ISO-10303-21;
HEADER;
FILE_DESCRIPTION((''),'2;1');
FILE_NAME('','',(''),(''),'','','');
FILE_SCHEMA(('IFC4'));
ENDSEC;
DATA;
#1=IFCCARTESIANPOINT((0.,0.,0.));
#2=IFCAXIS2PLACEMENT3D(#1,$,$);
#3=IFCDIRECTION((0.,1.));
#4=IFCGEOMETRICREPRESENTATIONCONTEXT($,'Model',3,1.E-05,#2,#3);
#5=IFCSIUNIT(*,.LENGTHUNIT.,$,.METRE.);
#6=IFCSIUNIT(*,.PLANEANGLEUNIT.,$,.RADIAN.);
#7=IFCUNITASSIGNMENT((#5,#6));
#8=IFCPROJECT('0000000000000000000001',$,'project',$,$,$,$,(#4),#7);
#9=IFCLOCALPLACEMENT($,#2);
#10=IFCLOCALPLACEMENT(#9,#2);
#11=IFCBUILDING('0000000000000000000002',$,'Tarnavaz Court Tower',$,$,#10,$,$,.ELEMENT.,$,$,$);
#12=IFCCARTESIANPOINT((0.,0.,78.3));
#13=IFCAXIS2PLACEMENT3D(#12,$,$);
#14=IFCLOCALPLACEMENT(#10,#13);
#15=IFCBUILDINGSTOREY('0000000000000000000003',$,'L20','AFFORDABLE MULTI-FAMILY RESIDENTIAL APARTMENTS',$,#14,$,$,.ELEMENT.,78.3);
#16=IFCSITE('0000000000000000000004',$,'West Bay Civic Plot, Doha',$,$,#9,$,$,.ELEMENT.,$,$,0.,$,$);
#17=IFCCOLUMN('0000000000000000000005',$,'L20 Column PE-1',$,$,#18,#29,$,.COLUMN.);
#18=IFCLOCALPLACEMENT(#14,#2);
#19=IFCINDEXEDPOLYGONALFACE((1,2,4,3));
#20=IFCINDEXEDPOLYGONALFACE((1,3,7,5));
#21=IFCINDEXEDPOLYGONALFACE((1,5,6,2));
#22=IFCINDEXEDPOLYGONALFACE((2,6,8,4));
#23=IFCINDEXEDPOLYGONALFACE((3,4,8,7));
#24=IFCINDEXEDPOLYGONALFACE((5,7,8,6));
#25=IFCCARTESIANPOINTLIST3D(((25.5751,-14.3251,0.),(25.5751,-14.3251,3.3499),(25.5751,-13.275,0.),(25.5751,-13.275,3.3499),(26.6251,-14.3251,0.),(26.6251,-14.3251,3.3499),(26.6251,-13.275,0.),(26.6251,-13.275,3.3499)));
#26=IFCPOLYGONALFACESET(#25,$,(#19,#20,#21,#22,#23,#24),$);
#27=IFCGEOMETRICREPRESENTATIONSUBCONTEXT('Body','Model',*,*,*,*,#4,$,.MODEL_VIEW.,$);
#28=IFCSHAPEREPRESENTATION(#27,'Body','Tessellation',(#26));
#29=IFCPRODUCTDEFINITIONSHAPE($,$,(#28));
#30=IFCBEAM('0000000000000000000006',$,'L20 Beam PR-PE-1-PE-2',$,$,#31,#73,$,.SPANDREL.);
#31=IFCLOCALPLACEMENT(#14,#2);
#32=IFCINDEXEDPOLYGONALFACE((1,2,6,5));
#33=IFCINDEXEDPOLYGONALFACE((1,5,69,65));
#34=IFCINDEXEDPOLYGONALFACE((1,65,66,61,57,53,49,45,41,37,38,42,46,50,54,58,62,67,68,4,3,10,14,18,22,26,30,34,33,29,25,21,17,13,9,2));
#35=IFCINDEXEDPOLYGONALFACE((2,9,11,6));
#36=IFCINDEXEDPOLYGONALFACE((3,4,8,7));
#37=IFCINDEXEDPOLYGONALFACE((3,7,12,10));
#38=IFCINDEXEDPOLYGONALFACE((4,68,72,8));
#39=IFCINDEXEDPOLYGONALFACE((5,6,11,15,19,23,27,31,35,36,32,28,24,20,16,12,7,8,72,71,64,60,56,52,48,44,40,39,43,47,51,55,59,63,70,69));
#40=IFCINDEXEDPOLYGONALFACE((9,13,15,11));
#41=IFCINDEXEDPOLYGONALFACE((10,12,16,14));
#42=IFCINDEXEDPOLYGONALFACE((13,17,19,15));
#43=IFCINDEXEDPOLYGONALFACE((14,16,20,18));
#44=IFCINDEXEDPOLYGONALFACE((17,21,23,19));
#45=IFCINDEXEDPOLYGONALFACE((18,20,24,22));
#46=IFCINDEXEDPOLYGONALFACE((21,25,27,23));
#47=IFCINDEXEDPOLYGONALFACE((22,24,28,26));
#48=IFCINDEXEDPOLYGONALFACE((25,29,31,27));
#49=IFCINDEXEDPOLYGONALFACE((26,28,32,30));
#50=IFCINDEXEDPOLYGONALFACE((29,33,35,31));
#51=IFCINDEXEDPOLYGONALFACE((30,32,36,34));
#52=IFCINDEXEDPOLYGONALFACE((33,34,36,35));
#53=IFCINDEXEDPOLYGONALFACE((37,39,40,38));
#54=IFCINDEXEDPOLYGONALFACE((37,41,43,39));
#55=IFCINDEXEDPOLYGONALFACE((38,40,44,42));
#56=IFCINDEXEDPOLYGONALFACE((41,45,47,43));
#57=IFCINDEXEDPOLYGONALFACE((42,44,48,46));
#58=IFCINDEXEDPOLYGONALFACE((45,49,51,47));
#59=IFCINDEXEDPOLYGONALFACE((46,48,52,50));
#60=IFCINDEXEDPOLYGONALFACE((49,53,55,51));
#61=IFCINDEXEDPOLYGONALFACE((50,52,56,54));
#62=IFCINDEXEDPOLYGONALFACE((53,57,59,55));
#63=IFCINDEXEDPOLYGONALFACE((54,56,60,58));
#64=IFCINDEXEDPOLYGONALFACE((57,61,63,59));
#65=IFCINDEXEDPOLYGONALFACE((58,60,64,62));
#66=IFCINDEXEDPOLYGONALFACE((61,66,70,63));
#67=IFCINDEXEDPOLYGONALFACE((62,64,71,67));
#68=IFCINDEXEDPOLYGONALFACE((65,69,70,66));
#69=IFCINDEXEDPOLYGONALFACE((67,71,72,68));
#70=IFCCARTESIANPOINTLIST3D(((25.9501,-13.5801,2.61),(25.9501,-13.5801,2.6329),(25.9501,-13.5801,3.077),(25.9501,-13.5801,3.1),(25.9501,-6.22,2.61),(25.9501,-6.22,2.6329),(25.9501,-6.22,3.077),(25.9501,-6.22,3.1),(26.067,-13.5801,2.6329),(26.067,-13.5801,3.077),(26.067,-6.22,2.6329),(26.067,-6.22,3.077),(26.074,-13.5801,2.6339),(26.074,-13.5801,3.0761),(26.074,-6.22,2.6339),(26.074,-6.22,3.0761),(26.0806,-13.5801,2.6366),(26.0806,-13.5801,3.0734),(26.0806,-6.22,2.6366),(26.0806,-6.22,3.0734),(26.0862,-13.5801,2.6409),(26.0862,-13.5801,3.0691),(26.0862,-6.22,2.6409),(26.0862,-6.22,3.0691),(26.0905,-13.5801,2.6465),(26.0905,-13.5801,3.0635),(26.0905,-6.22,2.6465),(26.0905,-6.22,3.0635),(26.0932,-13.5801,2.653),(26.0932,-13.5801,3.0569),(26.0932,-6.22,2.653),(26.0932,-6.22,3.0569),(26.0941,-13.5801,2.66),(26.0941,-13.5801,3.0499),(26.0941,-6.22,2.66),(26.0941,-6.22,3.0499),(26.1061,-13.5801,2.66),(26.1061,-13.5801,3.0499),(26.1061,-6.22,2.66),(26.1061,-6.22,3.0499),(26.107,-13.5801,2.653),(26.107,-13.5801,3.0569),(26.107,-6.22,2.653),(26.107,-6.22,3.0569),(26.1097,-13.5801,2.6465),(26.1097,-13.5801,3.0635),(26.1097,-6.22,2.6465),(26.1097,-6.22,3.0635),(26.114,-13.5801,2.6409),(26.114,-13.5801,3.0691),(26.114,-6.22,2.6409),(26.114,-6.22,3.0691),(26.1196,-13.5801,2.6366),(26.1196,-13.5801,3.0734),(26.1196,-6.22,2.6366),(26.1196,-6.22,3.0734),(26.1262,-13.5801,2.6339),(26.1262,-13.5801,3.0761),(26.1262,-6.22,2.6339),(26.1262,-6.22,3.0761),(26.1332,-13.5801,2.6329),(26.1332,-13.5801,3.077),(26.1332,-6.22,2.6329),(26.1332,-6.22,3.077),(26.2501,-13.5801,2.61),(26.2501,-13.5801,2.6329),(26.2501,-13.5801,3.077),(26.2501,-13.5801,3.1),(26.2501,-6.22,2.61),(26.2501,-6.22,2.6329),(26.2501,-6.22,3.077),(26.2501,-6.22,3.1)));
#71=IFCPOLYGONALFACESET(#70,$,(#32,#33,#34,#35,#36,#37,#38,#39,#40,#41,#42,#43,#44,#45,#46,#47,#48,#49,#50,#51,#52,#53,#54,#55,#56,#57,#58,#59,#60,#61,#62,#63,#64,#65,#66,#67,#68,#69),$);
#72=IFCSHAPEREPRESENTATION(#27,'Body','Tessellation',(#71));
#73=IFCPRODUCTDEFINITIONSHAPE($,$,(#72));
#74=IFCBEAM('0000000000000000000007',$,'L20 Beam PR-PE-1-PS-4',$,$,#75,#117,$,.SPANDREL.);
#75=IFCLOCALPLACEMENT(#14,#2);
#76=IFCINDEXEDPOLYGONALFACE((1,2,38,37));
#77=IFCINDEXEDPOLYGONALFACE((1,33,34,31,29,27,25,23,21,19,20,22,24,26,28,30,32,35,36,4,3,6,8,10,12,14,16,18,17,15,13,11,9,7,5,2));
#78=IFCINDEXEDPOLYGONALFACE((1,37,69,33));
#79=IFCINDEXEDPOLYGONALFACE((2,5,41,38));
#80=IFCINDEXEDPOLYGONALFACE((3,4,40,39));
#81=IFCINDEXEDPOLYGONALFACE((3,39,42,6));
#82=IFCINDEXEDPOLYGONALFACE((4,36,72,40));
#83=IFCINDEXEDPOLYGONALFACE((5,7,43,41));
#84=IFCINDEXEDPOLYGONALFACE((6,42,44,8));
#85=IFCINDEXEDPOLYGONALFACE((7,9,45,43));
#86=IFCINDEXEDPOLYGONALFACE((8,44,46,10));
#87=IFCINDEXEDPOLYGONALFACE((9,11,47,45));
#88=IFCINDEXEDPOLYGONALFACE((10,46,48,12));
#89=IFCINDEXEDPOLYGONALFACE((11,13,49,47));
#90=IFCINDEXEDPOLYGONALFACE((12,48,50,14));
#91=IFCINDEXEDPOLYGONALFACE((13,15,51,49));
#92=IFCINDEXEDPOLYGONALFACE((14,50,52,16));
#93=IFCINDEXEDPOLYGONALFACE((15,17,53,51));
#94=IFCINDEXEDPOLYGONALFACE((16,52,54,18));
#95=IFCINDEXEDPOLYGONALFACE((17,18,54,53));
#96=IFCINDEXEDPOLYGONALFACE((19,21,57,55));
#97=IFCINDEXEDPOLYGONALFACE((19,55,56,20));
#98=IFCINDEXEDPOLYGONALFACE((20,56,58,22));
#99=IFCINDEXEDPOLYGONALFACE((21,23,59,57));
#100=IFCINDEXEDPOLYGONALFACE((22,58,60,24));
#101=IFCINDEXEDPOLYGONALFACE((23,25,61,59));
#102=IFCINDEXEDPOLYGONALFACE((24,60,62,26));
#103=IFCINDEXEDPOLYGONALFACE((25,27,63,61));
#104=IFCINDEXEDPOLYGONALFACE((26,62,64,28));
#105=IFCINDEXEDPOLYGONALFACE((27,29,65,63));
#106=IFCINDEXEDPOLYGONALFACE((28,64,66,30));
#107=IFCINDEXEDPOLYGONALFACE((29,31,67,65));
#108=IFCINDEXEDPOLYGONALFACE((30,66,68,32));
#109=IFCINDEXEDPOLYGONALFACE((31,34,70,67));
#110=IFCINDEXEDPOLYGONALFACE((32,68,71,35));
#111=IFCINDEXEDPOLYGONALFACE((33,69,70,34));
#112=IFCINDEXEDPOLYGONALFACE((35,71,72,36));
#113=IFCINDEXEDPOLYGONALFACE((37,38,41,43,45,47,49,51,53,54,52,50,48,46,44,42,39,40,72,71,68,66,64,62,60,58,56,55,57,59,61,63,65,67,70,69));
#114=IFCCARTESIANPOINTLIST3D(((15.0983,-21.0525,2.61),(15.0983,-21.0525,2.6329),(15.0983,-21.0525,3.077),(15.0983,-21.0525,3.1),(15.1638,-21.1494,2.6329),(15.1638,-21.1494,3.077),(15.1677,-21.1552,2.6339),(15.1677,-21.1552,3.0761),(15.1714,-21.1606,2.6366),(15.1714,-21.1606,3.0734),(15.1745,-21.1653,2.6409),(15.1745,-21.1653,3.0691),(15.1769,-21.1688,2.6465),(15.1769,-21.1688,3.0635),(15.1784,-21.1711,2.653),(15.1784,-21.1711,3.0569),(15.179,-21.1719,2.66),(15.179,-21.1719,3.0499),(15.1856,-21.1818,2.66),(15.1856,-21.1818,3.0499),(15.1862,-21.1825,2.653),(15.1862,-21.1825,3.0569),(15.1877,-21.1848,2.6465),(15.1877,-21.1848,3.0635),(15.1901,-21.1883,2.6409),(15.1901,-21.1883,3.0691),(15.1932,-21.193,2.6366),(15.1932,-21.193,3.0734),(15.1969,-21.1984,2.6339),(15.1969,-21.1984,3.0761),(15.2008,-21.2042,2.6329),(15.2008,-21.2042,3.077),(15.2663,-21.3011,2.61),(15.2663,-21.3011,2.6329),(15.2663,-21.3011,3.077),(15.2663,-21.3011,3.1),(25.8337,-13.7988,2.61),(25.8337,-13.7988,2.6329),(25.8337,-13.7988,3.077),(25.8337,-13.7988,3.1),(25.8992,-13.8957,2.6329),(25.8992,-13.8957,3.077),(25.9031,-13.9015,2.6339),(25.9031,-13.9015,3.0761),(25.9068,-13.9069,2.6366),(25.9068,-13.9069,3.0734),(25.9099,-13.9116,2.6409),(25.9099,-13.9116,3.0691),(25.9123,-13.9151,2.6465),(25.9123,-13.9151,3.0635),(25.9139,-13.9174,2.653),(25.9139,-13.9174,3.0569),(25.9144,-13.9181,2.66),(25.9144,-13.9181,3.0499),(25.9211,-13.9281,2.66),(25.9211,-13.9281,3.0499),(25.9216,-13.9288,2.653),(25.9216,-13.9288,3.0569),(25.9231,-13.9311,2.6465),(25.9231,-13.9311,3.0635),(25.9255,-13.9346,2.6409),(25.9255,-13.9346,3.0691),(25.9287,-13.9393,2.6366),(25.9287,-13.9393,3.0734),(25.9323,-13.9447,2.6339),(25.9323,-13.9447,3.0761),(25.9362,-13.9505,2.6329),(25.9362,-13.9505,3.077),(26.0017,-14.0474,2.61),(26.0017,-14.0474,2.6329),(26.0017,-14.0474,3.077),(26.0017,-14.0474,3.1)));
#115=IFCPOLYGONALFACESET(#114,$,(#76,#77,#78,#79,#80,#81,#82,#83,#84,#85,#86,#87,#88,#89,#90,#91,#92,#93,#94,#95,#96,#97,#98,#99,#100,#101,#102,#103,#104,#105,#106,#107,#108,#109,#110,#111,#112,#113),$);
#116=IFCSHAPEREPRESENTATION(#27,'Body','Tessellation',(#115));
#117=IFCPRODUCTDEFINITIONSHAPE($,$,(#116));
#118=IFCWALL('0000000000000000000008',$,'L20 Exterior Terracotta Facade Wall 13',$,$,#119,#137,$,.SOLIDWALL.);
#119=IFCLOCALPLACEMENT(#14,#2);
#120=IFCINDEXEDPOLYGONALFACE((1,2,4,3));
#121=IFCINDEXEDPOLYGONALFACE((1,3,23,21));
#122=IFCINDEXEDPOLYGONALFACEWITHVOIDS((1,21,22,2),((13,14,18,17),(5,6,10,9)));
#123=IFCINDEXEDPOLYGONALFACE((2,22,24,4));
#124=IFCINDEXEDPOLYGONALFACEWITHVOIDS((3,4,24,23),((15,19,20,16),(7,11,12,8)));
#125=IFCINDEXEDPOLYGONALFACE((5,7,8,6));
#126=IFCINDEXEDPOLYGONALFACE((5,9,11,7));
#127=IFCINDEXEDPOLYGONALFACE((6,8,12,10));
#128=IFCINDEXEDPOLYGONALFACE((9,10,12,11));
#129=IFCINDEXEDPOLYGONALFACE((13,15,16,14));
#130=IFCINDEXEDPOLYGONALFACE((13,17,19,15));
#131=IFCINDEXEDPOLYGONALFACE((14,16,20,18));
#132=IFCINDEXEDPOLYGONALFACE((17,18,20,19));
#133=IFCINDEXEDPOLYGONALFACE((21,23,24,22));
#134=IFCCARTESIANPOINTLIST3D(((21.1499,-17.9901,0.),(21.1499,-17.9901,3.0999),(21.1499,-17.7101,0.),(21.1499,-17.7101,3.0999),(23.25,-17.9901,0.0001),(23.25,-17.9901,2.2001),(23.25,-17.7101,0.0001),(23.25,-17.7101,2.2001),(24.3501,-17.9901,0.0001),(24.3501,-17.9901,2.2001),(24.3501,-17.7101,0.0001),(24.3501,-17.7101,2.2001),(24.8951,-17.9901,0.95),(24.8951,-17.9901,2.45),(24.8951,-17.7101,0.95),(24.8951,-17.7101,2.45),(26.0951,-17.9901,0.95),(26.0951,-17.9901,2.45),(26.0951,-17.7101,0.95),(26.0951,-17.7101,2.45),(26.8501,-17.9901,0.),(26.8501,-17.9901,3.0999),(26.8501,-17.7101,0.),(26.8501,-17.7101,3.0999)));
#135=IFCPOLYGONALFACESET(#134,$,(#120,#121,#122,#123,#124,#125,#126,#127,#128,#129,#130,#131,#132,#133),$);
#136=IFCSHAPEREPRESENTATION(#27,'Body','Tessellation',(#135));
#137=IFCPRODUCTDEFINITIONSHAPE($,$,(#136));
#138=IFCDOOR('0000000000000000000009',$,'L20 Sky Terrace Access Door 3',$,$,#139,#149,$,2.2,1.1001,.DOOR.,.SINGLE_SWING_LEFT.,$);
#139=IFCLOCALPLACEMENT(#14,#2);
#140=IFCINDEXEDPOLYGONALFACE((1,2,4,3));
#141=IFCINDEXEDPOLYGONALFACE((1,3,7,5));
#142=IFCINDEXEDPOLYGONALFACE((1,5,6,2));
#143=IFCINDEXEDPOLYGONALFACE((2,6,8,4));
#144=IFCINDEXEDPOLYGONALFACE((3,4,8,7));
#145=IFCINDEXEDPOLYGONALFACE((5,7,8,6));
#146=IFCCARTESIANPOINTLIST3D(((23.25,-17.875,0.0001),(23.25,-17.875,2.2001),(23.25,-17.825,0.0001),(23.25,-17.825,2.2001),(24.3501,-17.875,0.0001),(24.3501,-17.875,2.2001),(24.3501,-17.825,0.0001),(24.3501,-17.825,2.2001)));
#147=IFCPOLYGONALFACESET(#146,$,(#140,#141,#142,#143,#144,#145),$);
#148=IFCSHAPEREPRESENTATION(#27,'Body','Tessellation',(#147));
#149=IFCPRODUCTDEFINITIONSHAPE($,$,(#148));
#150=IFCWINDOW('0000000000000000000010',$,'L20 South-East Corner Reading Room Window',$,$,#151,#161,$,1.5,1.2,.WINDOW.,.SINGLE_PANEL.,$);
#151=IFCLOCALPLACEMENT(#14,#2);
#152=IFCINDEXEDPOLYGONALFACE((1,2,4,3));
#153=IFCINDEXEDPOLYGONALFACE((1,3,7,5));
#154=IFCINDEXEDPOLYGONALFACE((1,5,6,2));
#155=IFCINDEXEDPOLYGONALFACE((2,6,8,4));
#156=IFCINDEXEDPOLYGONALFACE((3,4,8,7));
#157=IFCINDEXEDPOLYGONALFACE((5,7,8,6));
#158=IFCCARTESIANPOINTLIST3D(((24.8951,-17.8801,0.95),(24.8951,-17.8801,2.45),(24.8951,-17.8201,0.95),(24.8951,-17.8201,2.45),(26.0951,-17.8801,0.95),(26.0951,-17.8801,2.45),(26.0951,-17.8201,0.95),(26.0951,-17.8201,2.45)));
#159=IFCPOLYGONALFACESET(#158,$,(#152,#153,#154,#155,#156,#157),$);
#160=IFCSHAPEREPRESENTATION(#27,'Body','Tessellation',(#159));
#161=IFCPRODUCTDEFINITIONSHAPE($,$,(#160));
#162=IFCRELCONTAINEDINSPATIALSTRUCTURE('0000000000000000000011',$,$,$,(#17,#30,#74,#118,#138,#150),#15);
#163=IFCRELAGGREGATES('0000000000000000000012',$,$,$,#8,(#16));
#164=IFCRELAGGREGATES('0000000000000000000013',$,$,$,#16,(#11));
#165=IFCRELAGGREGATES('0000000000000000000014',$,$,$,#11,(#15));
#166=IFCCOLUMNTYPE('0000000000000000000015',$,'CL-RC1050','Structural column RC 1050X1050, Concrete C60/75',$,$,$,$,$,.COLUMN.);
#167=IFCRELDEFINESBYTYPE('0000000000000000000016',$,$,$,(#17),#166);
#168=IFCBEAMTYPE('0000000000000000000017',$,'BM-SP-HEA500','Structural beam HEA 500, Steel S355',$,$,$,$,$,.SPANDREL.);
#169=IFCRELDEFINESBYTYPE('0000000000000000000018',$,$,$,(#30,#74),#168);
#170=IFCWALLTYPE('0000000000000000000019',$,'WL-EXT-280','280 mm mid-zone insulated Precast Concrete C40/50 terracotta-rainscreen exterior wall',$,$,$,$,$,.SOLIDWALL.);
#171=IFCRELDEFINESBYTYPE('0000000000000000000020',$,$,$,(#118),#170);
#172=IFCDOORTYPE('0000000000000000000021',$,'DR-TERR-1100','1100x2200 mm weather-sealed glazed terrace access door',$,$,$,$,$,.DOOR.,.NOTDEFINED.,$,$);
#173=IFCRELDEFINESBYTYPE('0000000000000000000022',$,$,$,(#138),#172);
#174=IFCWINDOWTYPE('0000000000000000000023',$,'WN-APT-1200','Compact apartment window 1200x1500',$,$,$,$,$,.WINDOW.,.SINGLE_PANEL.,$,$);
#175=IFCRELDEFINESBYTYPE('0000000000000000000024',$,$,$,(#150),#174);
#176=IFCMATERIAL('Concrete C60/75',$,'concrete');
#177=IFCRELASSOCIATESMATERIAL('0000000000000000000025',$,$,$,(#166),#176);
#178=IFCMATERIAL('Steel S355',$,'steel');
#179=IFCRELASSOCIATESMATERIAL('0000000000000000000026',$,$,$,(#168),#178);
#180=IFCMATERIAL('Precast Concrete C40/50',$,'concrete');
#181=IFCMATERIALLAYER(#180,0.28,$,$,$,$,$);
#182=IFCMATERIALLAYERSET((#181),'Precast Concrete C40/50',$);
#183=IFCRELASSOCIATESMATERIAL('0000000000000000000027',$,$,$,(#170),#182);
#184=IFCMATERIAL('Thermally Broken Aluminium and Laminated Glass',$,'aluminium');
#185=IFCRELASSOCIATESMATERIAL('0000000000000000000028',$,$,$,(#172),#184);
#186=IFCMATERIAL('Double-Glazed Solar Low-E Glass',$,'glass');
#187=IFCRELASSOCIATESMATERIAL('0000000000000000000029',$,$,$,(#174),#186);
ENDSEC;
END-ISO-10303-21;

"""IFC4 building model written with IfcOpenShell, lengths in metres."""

from ifc_helpers import new_model, si_unit, direction, frame, frame_2d, origin, origin_2d, place, context, subcontext, project, spatial, rectangle, i_section, extrude, material, layer, layer_set, material_profile, profile_set, type_object, element, fill, save


model = new_model("IFC4")

# Units and contexts
model_context = context("Model", 3, precision=1e-05, world=origin(), true_north=direction((0.0, 1.0)))
body_context = subcontext(model_context, "Body", "Model", "MODEL_VIEW")
ifc_project = project(units=[si_unit("LENGTHUNIT", "METRE"), si_unit("PLANEANGLEUNIT", "RADIAN")], contexts=[model_context])

# Site, building, storey
site_placement = place(None, origin())
site = spatial("IfcSite", under=ifc_project, at=site_placement, Name="West Bay Civic Plot, Doha", CompositionType="ELEMENT", RefElevation=0.0)
building_placement = place(site_placement, origin())
building = spatial("IfcBuilding", under=site, at=building_placement, Name="Tarnavaz Court Tower", CompositionType="ELEMENT")
storey_placement = place(building_placement, frame((0.0, 0.0, 78.3)))
storey = spatial("IfcBuildingStorey", under=building, at=storey_placement, Name="L20", Description="AFFORDABLE MULTI-FAMILY RESIDENTIAL APARTMENTS", CompositionType="ELEMENT", Elevation=78.3)

# Column
ifc_material_1 = material(Name="Concrete C60/75", Category="concrete")
ifc_material_profile_1 = material_profile(ifc_material_1, rectangle(XDim=1.05, YDim=1.05, at=origin_2d()), Name="RC 1050X1050")
ifc_profile_set_1 = profile_set([ifc_material_profile_1], Name="Concrete C60/75")
column_type = type_object("IfcColumnType", Name="CL-RC1050", Description="Structural column RC 1050X1050, Concrete C60/75", PredefinedType="COLUMN", material=ifc_profile_set_1)
column_placement = place(storey_placement, frame((26.1001, -13.8, 0.0), z_axis=(0.0, 0.0, 1.0), x_axis=(1.0, 0.0, 0.0)))
element("IfcColumn", 1, at=column_placement, inside=storey, type_object=column_type, Name="L20 Column PE-1", PredefinedType="COLUMN", context=body_context, shape_type="SweptSolid", body=[
    extrude(rectangle(XDim=1.05, YDim=1.05, at=origin_2d()), origin(), (0.0, 0.0, 1.0), 3.3499),
])

# Beams
ifc_material_2 = material(Name="Steel S355", Category="steel")
ifc_material_profile_2 = material_profile(ifc_material_2, i_section(OverallWidth=0.3, OverallDepth=0.49, WebThickness=0.012, FlangeThickness=0.0229, FilletRadius=0.0271, at=origin_2d()), Name="HEA 500")
ifc_profile_set_2 = profile_set([ifc_material_profile_2], Name="Steel S355")
beam_type = type_object("IfcBeamType", Name="BM-SP-HEA500", Description="Structural beam HEA 500, Steel S355", PredefinedType="SPANDREL", material=ifc_profile_set_2)
beam_1_placement = place(storey_placement, frame((26.1001, -13.5801, 2.855), z_axis=(0.0, 1.0, 0.0), x_axis=(-1.0, 0.0, 0.0)))
element("IfcBeam", 2, at=beam_1_placement, inside=storey, type_object=beam_type, Name="L20 Beam PR-PE-1-PE-2", PredefinedType="SPANDREL", context=body_context, shape_type="SweptSolid", body=[
    extrude(i_section(OverallWidth=0.3, OverallDepth=0.49, WebThickness=0.012, FlangeThickness=0.0229, FilletRadius=0.0271, at=origin_2d()), origin(), (0.0, 0.0, 1.0), 7.3601),
])
beam_2_placement = place(storey_placement, frame((25.9177, -13.9231, 2.855), z_axis=(-0.828587, -0.55986, 0.0), x_axis=(0.55986, -0.828587, 0.0)))
element("IfcBeam", 3, at=beam_2_placement, inside=storey, type_object=beam_type, Name="L20 Beam PR-PE-1-PS-4", PredefinedType="SPANDREL", context=body_context, shape_type="SweptSolid", body=[
    extrude(i_section(OverallWidth=0.3, OverallDepth=0.49, WebThickness=0.012, FlangeThickness=0.0229, FilletRadius=0.0271, at=origin_2d()), origin(), (0.0, 0.0, 1.0), 12.9563),
])

# Wall, openings, door, window
ifc_material_3 = material(Name="Precast Concrete C40/50", Category="concrete")
ifc_layer = layer(ifc_material_3, 0.28)
ifc_layer_set = layer_set([ifc_layer], Name="Precast Concrete C40/50")
wall_type = type_object("IfcWallType", Name="WL-EXT-280", Description="280 mm mid-zone insulated Precast Concrete C40/50 terracotta-rainscreen exterior wall", PredefinedType="SOLIDWALL", material=ifc_layer_set)
wall_1_placement = place(storey_placement, frame((26.8501, -17.8501, 0.0), z_axis=(0.0, 0.0, 1.0), x_axis=(-1.0, 0.0, 0.0)))
wall_1 = element("IfcWall", 4, at=wall_1_placement, inside=storey, type_object=wall_type, Name="L20 Exterior Terracotta Facade Wall 13", PredefinedType="SOLIDWALL", context=body_context, shape_type="SweptSolid", body=[
    extrude(rectangle(XDim=5.7002, YDim=0.28, at=frame_2d((2.8501, 0.0))), origin(), (0.0, 0.0, 1.0), 3.0999),
])
opening_1_placement = place(wall_1_placement, frame((2.5, 0.0, 0.0)))
opening_1 = element("IfcOpeningElement", 5, at=opening_1_placement, cuts=wall_1, PredefinedType="OPENING", context=body_context, shape_type="SweptSolid", body=[
    extrude(rectangle(XDim=1.1001, YDim=2.2, at=frame_2d((0.55, 1.1001))), frame((0.0, 0.1499, 0.0), z_axis=(0.0, -1.0, 0.0), x_axis=(1.0, 0.0, 0.0)), (0.0, 0.0, 1.0), 0.3),
])
opening_2_placement = place(wall_1_placement, frame((0.7549, 0.0, 0.95)))
opening_2 = element("IfcOpeningElement", 6, at=opening_2_placement, cuts=wall_1, PredefinedType="OPENING", context=body_context, shape_type="SweptSolid", body=[
    extrude(rectangle(XDim=1.2, YDim=1.5, at=frame_2d((0.6001, 0.75))), frame((0.0, 0.1499, 0.0), z_axis=(0.0, -1.0, 0.0), x_axis=(1.0, 0.0, 0.0)), (0.0, 0.0, 1.0), 0.3),
])
ifc_material_4 = material(Name="Thermally Broken Aluminium and Laminated Glass", Category="aluminium")
door_type = type_object("IfcDoorType", Name="DR-TERR-1100", Description="1100x2200 mm weather-sealed glazed terrace access door", OperationType="NOTDEFINED", PredefinedType="DOOR", material=ifc_material_4)
door_placement = place(opening_1_placement, origin())
door = element("IfcDoor", 7, at=door_placement, inside=storey, type_object=door_type, Name="L20 Sky Terrace Access Door 3", OperationType="SINGLE_SWING_LEFT", OverallHeight=2.2, OverallWidth=1.1001, PredefinedType="DOOR", context=body_context, shape_type="SweptSolid", body=[
    extrude(rectangle(XDim=1.1001, YDim=2.2, at=frame_2d((0.55, 1.1001))), frame((0.0, 0.0249, 0.0), z_axis=(0.0, -1.0, 0.0), x_axis=(1.0, 0.0, 0.0)), (0.0, 0.0, 1.0), 0.05),
])
fill(opening_1, door)
ifc_material_5 = material(Name="Double-Glazed Solar Low-E Glass", Category="glass")
window_type_1 = type_object("IfcWindowType", Name="WN-APT-1200", Description="Compact apartment window 1200x1500", PartitioningType="SINGLE_PANEL", PredefinedType="WINDOW", material=ifc_material_5)
window_1_placement = place(opening_2_placement, origin())
window_1 = element("IfcWindow", 8, at=window_1_placement, inside=storey, type_object=window_type_1, Name="L20 South-East Corner Reading Room Window", OverallHeight=1.5, OverallWidth=1.2, PartitioningType="SINGLE_PANEL", PredefinedType="WINDOW", context=body_context, shape_type="SweptSolid", body=[
    extrude(rectangle(XDim=1.2, YDim=1.5, at=frame_2d((0.6001, 0.75))), frame((0.0, 0.03, 0.0), z_axis=(0.0, -1.0, 0.0), x_axis=(1.0, 0.0, 0.0)), (0.0, 0.0, 1.0), 0.0601),
])
fill(opening_2, window_1)

save(model, "model.ifc")
